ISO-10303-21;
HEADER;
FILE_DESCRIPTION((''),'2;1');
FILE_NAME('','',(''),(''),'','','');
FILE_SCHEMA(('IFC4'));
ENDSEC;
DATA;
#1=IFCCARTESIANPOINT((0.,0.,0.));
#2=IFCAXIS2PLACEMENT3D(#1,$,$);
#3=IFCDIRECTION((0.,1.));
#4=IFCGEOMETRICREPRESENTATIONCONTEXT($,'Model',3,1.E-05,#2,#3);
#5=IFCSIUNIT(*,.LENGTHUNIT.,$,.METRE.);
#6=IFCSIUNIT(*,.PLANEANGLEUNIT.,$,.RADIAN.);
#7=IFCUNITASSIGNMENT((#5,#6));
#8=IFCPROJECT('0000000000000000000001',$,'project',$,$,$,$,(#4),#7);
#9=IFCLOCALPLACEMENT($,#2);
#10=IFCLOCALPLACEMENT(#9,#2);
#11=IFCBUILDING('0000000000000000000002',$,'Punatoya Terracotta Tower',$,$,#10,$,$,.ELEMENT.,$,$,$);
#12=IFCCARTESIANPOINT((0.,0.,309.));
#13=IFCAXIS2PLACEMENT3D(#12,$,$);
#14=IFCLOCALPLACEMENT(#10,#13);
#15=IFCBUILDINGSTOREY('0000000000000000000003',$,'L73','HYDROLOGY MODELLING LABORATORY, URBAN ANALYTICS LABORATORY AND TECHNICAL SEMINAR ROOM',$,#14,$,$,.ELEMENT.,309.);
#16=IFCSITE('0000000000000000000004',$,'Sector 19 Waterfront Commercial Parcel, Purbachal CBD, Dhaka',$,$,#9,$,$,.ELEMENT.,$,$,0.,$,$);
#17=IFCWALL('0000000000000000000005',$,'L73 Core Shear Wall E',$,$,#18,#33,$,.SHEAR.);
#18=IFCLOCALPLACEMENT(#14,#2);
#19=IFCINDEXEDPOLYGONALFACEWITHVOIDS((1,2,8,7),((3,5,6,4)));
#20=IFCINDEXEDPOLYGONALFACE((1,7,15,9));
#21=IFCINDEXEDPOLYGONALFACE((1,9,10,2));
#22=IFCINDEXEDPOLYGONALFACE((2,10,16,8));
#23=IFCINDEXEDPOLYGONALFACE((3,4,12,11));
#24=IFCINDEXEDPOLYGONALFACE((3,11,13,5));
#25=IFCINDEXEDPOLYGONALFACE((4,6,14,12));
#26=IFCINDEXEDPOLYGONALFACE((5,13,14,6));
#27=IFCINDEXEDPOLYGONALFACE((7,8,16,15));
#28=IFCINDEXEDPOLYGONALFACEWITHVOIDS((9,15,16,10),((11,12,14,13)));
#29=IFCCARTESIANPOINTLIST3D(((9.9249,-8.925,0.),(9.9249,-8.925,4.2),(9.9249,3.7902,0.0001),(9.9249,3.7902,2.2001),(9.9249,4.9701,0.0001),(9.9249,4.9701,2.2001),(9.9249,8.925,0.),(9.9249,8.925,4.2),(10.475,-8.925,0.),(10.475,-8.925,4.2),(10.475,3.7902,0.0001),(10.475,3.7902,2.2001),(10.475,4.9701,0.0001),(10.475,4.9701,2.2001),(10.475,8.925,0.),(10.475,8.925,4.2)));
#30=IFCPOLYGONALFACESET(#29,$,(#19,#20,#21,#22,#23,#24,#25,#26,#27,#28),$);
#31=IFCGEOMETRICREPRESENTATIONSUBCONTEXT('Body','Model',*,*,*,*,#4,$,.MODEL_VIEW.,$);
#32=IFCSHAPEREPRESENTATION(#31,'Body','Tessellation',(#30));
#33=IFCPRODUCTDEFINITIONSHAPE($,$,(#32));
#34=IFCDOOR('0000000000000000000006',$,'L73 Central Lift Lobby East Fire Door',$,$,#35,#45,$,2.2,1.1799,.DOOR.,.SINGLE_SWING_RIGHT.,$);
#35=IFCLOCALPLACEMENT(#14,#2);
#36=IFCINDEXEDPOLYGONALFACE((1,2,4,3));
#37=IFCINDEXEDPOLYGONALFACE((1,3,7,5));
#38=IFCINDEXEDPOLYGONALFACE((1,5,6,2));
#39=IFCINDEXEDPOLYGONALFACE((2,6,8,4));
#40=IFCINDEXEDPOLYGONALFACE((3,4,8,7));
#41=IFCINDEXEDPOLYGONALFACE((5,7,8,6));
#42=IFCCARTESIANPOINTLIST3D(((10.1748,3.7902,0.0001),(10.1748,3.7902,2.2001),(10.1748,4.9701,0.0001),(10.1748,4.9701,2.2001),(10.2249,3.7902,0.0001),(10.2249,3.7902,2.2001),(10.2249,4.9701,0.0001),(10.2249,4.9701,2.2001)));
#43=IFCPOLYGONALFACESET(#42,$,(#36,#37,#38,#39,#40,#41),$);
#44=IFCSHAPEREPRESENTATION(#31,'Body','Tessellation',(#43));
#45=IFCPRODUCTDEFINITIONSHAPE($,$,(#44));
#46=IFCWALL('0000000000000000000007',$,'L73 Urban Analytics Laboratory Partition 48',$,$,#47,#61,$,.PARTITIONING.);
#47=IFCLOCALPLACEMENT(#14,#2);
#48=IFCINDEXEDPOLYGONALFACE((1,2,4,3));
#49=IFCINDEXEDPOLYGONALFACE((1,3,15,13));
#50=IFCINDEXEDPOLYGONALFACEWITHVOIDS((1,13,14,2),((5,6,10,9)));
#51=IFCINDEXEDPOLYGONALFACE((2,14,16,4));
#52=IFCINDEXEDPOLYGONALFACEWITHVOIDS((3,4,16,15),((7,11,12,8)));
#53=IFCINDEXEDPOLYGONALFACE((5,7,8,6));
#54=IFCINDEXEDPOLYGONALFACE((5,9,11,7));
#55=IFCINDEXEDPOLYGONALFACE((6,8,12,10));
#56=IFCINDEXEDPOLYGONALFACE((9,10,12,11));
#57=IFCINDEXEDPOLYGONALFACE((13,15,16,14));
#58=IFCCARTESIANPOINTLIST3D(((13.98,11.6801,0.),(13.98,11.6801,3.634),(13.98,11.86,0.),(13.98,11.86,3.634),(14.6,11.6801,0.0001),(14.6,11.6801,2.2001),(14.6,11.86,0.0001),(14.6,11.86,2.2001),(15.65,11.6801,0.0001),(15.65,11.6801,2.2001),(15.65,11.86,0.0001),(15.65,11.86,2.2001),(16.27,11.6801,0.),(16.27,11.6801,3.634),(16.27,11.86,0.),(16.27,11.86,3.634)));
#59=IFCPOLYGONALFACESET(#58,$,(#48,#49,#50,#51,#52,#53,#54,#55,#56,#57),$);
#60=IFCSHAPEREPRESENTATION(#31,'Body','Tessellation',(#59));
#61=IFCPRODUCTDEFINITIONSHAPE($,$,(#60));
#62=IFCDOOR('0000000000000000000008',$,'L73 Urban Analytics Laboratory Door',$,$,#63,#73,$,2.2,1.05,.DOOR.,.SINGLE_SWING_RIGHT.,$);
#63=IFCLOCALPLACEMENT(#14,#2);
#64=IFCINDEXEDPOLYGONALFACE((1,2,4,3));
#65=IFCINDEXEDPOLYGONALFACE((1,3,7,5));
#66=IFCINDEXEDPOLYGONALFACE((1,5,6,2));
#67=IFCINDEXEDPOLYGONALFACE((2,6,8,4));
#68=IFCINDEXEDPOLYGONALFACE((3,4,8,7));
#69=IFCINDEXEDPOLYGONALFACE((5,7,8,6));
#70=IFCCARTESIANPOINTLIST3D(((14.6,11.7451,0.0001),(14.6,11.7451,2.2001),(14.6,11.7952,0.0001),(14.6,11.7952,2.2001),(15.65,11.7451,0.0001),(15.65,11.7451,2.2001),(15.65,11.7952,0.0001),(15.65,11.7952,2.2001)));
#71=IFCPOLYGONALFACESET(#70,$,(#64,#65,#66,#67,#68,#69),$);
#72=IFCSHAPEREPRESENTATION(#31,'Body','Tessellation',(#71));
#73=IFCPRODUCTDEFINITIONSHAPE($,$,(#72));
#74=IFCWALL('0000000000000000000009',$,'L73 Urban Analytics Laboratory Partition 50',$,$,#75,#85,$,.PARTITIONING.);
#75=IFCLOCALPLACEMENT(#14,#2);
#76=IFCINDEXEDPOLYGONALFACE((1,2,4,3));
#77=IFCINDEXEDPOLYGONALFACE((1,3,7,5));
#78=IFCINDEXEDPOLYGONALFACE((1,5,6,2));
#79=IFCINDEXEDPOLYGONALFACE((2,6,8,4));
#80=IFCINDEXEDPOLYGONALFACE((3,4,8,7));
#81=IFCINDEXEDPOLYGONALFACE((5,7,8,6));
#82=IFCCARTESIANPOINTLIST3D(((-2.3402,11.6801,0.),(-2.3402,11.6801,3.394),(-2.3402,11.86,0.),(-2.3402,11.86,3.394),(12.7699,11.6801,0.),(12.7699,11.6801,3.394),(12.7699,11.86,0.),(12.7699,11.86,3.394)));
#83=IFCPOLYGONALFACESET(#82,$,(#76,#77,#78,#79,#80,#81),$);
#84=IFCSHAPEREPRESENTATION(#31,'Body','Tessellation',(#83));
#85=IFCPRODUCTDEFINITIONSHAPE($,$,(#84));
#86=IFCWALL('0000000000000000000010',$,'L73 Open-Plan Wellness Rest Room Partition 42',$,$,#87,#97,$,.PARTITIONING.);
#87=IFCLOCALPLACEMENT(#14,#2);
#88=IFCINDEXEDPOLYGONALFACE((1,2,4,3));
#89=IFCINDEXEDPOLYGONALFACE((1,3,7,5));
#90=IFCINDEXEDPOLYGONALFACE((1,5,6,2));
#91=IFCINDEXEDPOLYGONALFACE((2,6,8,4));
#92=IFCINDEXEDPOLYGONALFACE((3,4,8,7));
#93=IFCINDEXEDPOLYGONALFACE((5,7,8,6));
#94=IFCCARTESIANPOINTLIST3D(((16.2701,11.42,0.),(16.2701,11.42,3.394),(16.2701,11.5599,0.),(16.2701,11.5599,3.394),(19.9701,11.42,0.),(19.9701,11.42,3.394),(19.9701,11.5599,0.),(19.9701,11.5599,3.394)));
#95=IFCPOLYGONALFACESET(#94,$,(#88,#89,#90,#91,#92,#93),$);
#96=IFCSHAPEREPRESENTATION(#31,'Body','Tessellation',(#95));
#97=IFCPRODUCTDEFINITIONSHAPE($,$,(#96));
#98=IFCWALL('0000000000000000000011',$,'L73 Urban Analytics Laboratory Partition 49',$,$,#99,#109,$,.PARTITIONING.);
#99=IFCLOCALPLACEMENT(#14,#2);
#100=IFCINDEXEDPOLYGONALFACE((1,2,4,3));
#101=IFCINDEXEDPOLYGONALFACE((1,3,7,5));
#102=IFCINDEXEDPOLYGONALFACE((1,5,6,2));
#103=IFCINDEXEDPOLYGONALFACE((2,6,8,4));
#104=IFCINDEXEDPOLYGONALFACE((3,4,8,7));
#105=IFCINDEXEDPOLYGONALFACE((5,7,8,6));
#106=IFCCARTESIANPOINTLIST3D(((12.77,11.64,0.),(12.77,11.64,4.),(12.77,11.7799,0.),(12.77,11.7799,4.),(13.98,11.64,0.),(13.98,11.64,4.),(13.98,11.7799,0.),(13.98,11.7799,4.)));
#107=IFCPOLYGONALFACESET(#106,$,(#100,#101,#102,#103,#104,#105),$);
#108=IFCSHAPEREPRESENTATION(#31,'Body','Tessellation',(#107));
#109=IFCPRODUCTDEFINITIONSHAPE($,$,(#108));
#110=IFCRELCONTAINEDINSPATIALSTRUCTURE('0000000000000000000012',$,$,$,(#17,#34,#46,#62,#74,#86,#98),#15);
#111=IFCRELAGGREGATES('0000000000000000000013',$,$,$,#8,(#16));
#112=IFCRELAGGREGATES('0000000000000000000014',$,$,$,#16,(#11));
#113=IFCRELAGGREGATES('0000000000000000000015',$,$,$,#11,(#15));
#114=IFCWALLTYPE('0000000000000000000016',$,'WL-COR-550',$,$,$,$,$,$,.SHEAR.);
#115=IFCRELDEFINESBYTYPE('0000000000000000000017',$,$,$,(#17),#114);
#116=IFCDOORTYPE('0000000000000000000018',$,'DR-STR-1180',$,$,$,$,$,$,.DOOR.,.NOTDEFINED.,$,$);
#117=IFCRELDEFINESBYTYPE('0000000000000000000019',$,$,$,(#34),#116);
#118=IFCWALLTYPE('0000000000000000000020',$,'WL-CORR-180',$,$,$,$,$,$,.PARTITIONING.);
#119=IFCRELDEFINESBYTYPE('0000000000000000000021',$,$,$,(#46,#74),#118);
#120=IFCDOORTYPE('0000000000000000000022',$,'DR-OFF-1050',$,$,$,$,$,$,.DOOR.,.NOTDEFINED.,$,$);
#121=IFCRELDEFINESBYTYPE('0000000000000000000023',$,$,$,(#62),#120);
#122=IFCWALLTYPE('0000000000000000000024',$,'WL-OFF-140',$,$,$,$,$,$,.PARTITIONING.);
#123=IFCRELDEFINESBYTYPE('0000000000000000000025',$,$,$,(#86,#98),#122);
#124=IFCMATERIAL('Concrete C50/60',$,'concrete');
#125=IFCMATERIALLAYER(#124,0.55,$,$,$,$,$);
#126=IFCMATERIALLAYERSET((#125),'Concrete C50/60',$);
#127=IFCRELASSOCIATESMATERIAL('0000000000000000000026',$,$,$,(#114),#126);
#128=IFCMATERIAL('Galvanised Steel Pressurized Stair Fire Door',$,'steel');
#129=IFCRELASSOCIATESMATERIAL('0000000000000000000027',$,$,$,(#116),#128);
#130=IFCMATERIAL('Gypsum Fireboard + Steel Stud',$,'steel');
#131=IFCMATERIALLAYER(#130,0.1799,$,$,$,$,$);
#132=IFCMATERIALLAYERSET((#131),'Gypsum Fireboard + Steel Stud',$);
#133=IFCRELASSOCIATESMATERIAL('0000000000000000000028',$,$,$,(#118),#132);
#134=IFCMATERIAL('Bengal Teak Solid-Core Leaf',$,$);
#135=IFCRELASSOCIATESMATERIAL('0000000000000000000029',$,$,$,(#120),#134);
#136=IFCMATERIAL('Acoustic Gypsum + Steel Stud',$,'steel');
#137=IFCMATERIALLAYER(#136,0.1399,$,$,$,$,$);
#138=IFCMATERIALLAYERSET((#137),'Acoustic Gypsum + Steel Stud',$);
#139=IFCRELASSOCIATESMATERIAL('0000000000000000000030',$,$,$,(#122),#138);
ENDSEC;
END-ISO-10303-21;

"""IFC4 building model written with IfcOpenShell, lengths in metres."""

from ifc_helpers import new_model, si_unit, direction, frame, frame_2d, origin, place, context, subcontext, project, spatial, rectangle, extrude, material, layer, layer_set, type_object, element, fill, save


model = new_model("IFC4")

# Units and contexts
model_context = context("Model", 3, precision=1e-05, world=origin(), true_north=direction((0.0, 1.0)))
body_context = subcontext(model_context, "Body", "Model", "MODEL_VIEW")
ifc_project = project(units=[si_unit("LENGTHUNIT", "METRE"), si_unit("PLANEANGLEUNIT", "RADIAN")], contexts=[model_context])

# Site, building, storey
site_placement = place(None, origin())
site = spatial("IfcSite", under=ifc_project, at=site_placement, Name="Sector 19 Waterfront Commercial Parcel, Purbachal CBD, Dhaka", CompositionType="ELEMENT", RefElevation=0.0)
building_placement = place(site_placement, origin())
building = spatial("IfcBuilding", under=site, at=building_placement, Name="Punatoya Terracotta Tower", CompositionType="ELEMENT")
storey_placement = place(building_placement, frame((0.0, 0.0, 309.0)))
storey = spatial("IfcBuildingStorey", under=building, at=storey_placement, Name="L73", Description="HYDROLOGY MODELLING LABORATORY, URBAN ANALYTICS LABORATORY AND TECHNICAL SEMINAR ROOM", CompositionType="ELEMENT", Elevation=309.0)

# Walls, openings, doors
ifc_material_1 = material(Name="Concrete C50/60", Category="concrete")
ifc_layer_1 = layer(ifc_material_1, 0.55)
ifc_layer_set_1 = layer_set([ifc_layer_1], Name="Concrete C50/60")
wall_type_1 = type_object("IfcWallType", Name="WL-COR-550", PredefinedType="SHEAR", material=ifc_layer_set_1)
wall_1_placement = place(storey_placement, frame((10.2, 8.925, 0.0), z_axis=(0.0, 0.0, 1.0), x_axis=(0.0, -1.0, 0.0)))
wall_1 = element("IfcWall", 1, at=wall_1_placement, inside=storey, type_object=wall_type_1, Name="L73 Core Shear Wall E", PredefinedType="SHEAR", context=body_context, shape_type="SweptSolid", body=[
    extrude(rectangle(XDim=17.8501, YDim=0.55, at=frame_2d((8.925, 0.0))), origin(), (0.0, 0.0, 1.0), 4.2),
])
opening_1_placement = place(wall_1_placement, frame((3.9551, 0.0, 0.0)))
opening_1 = element("IfcOpeningElement", 2, at=opening_1_placement, cuts=wall_1, PredefinedType="OPENING", context=body_context, shape_type="SweptSolid", body=[
    extrude(rectangle(XDim=1.1799, YDim=2.2, at=frame_2d((0.5898, 1.1001))), frame((0.0, 0.2849, 0.0), z_axis=(0.0, -1.0, 0.0), x_axis=(1.0, 0.0, 0.0)), (0.0, 0.0, 1.0), 0.5701),
])
ifc_material_2 = material(Name="Galvanised Steel Pressurized Stair Fire Door", Category="steel")
door_type_1 = type_object("IfcDoorType", Name="DR-STR-1180", OperationType="NOTDEFINED", PredefinedType="DOOR", material=ifc_material_2)
door_1_placement = place(opening_1_placement, origin())
door_1 = element("IfcDoor", 3, at=door_1_placement, inside=storey, type_object=door_type_1, Name="L73 Central Lift Lobby East Fire Door", OperationType="SINGLE_SWING_RIGHT", OverallHeight=2.2, OverallWidth=1.1799, PredefinedType="DOOR", context=body_context, shape_type="SweptSolid", body=[
    extrude(rectangle(XDim=1.1799, YDim=2.2, at=frame_2d((0.5898, 1.1001))), frame((0.0, 0.0249, 0.0), z_axis=(0.0, -1.0, 0.0), x_axis=(1.0, 0.0, 0.0)), (0.0, 0.0, 1.0), 0.05),
])
fill(opening_1, door_1)
ifc_material_3 = material(Name="Gypsum Fireboard + Steel Stud", Category="steel")
ifc_layer_2 = layer(ifc_material_3, 0.1799)
ifc_layer_set_2 = layer_set([ifc_layer_2], Name="Gypsum Fireboard + Steel Stud")
wall_type_2 = type_object("IfcWallType", Name="WL-CORR-180", PredefinedType="PARTITIONING", material=ifc_layer_set_2)
wall_2_placement = place(storey_placement, frame((16.27, 11.77, 0.0), z_axis=(0.0, 0.0, 1.0), x_axis=(-1.0, 0.0, 0.0)))
wall_2 = element("IfcWall", 4, at=wall_2_placement, inside=storey, type_object=wall_type_2, Name="L73 Urban Analytics Laboratory Partition 48", PredefinedType="PARTITIONING", context=body_context, shape_type="SweptSolid", body=[
    extrude(rectangle(XDim=2.29, YDim=0.1799, at=frame_2d((1.145, 0.0))), origin(), (0.0, 0.0, 1.0), 3.634),
])
opening_2_placement = place(wall_2_placement, frame((0.6201, 0.0, 0.0)))
opening_2 = element("IfcOpeningElement", 5, at=opening_2_placement, cuts=wall_2, PredefinedType="OPENING", context=body_context, shape_type="SweptSolid", body=[
    extrude(rectangle(XDim=1.05, YDim=2.2, at=frame_2d((0.5249, 1.1001))), frame((0.0, 0.0999, 0.0), z_axis=(0.0, -1.0, 0.0), x_axis=(1.0, 0.0, 0.0)), (0.0, 0.0, 1.0), 0.2),
])
ifc_material_4 = material(Name="Bengal Teak Solid-Core Leaf")
door_type_2 = type_object("IfcDoorType", Name="DR-OFF-1050", OperationType="NOTDEFINED", PredefinedType="DOOR", material=ifc_material_4)
door_2_placement = place(opening_2_placement, origin())
door_2 = element("IfcDoor", 6, at=door_2_placement, inside=storey, type_object=door_type_2, Name="L73 Urban Analytics Laboratory Door", OperationType="SINGLE_SWING_RIGHT", OverallHeight=2.2, OverallWidth=1.05, PredefinedType="DOOR", context=body_context, shape_type="SweptSolid", body=[
    extrude(rectangle(XDim=1.05, YDim=2.2, at=frame_2d((0.5249, 1.1001))), frame((0.0, 0.0249, 0.0), z_axis=(0.0, -1.0, 0.0), x_axis=(1.0, 0.0, 0.0)), (0.0, 0.0, 1.0), 0.05),
])
fill(opening_2, door_2)

# Walls
wall_3_placement = place(storey_placement, frame((12.77, 11.77, 0.0), z_axis=(0.0, 0.0, 1.0), x_axis=(-1.0, 0.0, 0.0)))
element("IfcWall", 7, at=wall_3_placement, inside=storey, type_object=wall_type_2, Name="L73 Urban Analytics Laboratory Partition 50", PredefinedType="PARTITIONING", context=body_context, shape_type="SweptSolid", body=[
    extrude(rectangle(XDim=15.1101, YDim=0.1799, at=frame_2d((7.5552, 0.0))), origin(), (0.0, 0.0, 1.0), 3.394),
])
ifc_material_5 = material(Name="Acoustic Gypsum + Steel Stud", Category="steel")
ifc_layer_3 = layer(ifc_material_5, 0.1399)
ifc_layer_set_3 = layer_set([ifc_layer_3], Name="Acoustic Gypsum + Steel Stud")
wall_type_3 = type_object("IfcWallType", Name="WL-OFF-140", PredefinedType="PARTITIONING", material=ifc_layer_set_3)
wall_4_placement = place(storey_placement, frame((16.27, 11.49, 0.0), z_axis=(0.0, 0.0, 1.0), x_axis=(1.0, 0.0, 0.0)))
element("IfcWall", 8, at=wall_4_placement, inside=storey, type_object=wall_type_3, Name="L73 Open-Plan Wellness Rest Room Partition 42", PredefinedType="PARTITIONING", context=body_context, shape_type="SweptSolid", body=[
    extrude(rectangle(XDim=3.7, YDim=0.1399, at=frame_2d((1.8501, 0.0))), origin(), (0.0, 0.0, 1.0), 3.394),
])
wall_5_placement = place(storey_placement, frame((13.98, 11.71, 0.0), z_axis=(0.0, 0.0, 1.0), x_axis=(-1.0, 0.0, 0.0)))
element("IfcWall", 9, at=wall_5_placement, inside=storey, type_object=wall_type_3, Name="L73 Urban Analytics Laboratory Partition 49", PredefinedType="PARTITIONING", context=body_context, shape_type="SweptSolid", body=[
    extrude(rectangle(XDim=1.21, YDim=0.1399, at=frame_2d((0.605, 0.0))), origin(), (0.0, 0.0, 1.0), 4.0),
])

save(model, "model.ifc")
